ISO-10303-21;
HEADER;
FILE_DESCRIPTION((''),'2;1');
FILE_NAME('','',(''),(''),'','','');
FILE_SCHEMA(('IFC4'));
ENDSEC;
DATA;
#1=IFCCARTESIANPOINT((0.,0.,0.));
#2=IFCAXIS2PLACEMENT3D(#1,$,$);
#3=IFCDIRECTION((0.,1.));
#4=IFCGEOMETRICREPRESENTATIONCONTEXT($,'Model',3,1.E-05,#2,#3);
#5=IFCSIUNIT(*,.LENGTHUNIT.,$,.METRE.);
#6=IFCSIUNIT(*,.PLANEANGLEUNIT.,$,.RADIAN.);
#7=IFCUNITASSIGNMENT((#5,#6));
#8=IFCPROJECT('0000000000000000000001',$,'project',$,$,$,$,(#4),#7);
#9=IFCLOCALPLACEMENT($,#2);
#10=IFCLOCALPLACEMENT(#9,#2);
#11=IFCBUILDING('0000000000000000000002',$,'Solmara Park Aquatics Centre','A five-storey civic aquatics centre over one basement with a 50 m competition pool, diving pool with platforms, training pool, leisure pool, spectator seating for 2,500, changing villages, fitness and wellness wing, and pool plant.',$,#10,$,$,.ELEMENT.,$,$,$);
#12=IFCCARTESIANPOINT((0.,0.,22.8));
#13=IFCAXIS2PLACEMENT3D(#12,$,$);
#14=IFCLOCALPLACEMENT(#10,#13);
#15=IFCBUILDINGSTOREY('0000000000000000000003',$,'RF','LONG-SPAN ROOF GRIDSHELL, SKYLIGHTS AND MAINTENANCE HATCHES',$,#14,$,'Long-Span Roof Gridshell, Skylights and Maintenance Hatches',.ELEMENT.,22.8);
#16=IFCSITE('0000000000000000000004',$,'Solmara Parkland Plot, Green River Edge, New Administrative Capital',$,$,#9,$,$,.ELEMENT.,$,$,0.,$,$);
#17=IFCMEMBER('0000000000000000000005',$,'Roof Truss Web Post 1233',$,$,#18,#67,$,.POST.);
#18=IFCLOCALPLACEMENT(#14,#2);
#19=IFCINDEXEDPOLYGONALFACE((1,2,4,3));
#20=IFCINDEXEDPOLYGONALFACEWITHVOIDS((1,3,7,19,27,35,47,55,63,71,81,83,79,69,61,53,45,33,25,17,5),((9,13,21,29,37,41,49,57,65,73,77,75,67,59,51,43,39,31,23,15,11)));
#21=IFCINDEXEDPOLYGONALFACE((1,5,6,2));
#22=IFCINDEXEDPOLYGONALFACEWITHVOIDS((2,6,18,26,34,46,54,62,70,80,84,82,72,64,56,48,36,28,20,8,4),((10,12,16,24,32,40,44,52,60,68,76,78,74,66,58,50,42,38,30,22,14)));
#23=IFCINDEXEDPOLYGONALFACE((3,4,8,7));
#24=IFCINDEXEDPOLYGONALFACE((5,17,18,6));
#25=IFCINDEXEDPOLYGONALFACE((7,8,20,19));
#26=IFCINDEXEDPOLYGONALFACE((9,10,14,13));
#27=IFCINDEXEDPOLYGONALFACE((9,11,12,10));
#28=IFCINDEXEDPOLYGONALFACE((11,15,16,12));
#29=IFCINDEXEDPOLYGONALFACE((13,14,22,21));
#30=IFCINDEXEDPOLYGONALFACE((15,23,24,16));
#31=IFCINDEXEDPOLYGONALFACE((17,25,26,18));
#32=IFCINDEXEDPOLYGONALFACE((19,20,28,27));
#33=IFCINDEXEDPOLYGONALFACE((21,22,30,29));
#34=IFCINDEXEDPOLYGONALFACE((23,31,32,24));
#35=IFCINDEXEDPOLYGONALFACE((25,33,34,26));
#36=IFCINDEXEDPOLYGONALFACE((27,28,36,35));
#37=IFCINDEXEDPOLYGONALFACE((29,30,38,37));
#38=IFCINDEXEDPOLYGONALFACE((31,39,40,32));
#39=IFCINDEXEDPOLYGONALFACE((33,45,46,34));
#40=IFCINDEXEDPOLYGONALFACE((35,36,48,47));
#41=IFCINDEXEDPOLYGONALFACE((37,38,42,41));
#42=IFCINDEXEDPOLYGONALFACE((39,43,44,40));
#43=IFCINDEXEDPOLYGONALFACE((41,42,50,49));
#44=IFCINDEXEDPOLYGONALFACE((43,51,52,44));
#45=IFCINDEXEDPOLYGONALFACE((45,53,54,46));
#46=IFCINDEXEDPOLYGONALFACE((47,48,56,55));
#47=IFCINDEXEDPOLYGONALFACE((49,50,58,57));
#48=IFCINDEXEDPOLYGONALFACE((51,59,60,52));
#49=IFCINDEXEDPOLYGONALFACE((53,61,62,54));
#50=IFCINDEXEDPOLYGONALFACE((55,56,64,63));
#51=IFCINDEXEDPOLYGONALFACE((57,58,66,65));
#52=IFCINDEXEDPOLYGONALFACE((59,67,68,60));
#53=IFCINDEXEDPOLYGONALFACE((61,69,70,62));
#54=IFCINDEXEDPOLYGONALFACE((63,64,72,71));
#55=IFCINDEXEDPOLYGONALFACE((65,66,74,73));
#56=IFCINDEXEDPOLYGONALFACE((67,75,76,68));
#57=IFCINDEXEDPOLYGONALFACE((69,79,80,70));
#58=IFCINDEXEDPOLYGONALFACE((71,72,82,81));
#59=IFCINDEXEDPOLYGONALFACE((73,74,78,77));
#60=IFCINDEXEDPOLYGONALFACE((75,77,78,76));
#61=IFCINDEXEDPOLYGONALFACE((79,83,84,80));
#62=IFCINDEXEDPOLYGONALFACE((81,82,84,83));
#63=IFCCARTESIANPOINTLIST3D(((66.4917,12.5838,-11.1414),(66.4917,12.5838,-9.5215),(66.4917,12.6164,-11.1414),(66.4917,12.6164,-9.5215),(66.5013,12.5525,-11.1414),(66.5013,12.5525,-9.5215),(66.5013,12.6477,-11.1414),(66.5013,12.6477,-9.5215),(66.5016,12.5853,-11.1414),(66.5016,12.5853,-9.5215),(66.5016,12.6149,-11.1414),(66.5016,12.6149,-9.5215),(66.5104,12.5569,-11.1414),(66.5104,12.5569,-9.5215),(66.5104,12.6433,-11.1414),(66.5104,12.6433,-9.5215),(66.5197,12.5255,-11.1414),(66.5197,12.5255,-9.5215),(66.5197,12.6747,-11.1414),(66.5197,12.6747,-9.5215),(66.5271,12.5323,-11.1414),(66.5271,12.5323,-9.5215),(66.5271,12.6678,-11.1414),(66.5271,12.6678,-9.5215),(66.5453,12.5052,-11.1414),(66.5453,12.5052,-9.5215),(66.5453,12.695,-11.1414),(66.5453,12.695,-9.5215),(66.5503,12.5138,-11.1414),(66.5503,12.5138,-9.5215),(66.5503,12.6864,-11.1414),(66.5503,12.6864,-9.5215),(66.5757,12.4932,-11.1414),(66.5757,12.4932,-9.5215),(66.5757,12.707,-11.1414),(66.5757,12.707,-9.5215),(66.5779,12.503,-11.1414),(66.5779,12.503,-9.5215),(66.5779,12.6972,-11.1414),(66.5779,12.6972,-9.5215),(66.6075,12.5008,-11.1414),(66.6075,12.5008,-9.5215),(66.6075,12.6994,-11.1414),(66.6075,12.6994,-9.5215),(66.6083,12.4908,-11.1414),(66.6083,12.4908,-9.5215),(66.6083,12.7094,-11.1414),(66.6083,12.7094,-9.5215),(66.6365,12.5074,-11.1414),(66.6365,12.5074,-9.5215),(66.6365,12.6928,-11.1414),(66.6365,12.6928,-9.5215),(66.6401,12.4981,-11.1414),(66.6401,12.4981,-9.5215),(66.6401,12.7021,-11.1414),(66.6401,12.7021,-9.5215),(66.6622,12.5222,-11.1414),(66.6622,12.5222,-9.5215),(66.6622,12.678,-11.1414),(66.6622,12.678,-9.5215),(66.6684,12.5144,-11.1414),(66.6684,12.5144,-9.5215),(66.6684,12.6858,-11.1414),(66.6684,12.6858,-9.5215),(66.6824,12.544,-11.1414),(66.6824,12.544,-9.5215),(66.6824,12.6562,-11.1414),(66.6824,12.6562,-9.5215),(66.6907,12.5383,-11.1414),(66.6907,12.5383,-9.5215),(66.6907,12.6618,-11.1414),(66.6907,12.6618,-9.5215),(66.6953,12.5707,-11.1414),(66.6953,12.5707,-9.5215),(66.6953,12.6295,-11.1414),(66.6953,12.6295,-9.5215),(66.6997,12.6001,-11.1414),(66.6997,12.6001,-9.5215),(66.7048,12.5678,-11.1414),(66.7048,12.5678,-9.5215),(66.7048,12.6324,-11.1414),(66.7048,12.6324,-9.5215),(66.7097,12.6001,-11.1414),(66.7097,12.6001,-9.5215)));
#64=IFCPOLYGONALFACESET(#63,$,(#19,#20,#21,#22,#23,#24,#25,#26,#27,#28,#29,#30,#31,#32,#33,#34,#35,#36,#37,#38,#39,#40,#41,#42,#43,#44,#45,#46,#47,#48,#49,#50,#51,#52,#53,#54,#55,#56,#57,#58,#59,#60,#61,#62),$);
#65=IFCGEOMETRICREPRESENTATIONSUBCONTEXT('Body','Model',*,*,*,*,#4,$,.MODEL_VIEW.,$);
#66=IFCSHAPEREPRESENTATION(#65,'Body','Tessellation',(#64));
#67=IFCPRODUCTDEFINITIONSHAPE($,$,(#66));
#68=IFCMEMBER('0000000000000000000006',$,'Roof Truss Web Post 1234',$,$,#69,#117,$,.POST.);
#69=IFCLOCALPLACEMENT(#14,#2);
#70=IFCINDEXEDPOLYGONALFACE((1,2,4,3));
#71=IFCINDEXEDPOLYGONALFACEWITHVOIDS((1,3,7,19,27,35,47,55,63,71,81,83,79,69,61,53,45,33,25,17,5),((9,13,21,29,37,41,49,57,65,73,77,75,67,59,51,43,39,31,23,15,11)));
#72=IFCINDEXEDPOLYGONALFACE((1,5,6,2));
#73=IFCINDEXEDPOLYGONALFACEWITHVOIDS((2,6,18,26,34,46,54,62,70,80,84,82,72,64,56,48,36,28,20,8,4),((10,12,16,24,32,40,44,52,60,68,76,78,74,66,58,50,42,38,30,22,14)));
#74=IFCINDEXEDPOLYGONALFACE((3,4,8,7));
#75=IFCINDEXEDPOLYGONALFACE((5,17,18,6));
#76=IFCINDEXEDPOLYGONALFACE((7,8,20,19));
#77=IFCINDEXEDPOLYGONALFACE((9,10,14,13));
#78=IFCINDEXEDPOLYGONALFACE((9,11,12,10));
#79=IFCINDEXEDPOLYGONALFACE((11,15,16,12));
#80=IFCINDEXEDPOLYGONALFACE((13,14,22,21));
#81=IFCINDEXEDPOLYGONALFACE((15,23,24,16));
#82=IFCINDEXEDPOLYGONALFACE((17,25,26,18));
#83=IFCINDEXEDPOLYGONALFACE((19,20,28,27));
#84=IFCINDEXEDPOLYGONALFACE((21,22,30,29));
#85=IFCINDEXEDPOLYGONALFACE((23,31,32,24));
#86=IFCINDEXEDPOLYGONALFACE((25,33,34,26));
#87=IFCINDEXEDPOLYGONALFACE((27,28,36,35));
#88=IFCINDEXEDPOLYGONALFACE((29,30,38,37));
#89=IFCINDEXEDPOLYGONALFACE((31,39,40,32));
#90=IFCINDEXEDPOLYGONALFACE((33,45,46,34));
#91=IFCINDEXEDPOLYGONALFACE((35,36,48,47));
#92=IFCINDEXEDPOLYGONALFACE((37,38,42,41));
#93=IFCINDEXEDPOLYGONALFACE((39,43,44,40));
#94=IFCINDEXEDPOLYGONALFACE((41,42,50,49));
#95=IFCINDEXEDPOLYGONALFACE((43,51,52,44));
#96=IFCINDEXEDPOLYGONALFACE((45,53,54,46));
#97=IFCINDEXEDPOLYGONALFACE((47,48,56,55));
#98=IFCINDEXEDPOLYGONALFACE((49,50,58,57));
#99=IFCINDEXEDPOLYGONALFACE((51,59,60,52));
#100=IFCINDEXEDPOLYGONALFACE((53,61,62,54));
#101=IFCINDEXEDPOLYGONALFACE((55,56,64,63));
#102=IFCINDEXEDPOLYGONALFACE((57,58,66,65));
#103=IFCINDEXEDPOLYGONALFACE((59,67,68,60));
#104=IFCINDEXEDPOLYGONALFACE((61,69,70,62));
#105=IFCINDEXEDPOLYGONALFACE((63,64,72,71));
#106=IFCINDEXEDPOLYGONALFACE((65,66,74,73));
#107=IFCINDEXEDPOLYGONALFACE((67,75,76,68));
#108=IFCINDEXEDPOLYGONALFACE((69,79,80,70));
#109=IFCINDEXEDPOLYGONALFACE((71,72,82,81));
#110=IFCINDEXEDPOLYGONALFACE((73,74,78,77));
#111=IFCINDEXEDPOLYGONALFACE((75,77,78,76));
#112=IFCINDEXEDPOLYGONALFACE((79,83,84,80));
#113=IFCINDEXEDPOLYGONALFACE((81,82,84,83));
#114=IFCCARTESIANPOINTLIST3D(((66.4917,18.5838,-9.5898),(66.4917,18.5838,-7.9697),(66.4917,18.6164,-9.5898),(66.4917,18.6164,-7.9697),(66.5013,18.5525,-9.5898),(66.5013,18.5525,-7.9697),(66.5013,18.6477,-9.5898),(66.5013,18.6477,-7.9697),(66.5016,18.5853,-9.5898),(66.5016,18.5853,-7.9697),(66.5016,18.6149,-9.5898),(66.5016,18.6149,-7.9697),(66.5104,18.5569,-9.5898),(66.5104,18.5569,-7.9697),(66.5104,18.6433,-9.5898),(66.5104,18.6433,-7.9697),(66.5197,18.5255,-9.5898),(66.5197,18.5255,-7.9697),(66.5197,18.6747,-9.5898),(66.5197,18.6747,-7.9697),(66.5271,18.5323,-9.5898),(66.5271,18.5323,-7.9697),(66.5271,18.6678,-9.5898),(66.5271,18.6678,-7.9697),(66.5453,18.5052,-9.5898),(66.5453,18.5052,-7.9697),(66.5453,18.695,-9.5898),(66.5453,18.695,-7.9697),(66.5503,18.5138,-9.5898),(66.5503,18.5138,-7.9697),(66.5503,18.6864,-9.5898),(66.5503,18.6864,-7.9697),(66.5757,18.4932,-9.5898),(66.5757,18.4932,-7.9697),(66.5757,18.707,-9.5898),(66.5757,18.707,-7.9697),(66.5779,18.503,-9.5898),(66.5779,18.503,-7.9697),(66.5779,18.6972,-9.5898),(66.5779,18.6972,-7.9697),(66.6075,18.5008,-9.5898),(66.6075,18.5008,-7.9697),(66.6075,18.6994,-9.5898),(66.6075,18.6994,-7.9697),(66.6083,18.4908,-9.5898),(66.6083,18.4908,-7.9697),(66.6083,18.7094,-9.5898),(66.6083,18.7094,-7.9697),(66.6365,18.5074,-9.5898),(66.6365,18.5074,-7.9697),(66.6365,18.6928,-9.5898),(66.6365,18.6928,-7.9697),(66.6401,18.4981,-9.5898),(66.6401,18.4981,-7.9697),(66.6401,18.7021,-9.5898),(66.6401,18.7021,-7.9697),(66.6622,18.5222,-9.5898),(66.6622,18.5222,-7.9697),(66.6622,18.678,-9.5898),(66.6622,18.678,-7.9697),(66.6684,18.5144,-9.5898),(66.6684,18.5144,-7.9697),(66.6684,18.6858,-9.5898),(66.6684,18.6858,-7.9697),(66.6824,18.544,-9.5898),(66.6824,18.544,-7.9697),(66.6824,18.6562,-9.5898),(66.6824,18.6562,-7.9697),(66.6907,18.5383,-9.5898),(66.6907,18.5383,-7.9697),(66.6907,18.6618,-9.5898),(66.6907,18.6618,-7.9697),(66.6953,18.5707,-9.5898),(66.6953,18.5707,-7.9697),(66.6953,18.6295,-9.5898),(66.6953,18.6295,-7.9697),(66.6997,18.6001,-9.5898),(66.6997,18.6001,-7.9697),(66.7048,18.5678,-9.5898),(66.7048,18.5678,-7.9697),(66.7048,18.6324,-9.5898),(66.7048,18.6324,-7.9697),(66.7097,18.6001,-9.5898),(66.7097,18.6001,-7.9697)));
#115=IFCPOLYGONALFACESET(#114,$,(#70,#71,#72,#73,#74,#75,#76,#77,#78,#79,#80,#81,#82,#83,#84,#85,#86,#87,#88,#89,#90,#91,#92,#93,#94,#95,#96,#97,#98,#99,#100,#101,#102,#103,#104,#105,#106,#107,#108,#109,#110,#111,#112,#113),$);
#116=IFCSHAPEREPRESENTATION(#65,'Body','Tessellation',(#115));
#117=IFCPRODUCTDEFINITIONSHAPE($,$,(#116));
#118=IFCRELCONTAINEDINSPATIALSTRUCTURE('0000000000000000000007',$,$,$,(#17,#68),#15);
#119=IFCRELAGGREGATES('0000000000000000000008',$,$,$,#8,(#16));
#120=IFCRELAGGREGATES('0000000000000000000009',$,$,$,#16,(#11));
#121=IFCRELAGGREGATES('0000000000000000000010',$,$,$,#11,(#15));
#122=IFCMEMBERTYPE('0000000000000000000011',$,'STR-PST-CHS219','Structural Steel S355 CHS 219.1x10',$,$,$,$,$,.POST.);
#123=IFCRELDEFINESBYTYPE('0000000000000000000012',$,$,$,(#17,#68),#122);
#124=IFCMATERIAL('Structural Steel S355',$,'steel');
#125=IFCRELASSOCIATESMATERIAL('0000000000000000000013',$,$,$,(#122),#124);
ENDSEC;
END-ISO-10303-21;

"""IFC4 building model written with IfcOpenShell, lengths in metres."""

from ifc_helpers import new_model, si_unit, direction, frame, origin, origin_2d, place, context, subcontext, project, spatial, hollow_circle, extrude, material, material_profile, profile_set, type_object, element, save


model = new_model("IFC4")

# Units and contexts
model_context = context("Model", 3, precision=1e-05, world=origin(), true_north=direction((0.0, 1.0)))
body_context = subcontext(model_context, "Body", "Model", "MODEL_VIEW")
ifc_project = project(units=[si_unit("LENGTHUNIT", "METRE"), si_unit("PLANEANGLEUNIT", "RADIAN")], contexts=[model_context])

# Site, building, storey
site_placement = place(None, origin())
site = spatial("IfcSite", under=ifc_project, at=site_placement, Name="Solmara Parkland Plot, Green River Edge, New Administrative Capital", CompositionType="ELEMENT", RefElevation=0.0)
building_placement = place(site_placement, origin())
building = spatial("IfcBuilding", under=site, at=building_placement, Name="Solmara Park Aquatics Centre", Description="A five-storey civic aquatics centre over one basement with a 50 m competition pool, diving pool with platforms, training pool, leisure pool, spectator seating for 2,500, changing villages, fitness and wellness wing, and pool plant.", CompositionType="ELEMENT")
storey_placement = place(building_placement, frame((0.0, 0.0, 22.8)))
storey = spatial("IfcBuildingStorey", under=building, at=storey_placement, Name="RF", Description="LONG-SPAN ROOF GRIDSHELL, SKYLIGHTS AND MAINTENANCE HATCHES", LongName="Long-Span Roof Gridshell, Skylights and Maintenance Hatches", CompositionType="ELEMENT", Elevation=22.8)

# Members
ifc_material_1 = material(Name="Structural Steel S355", Category="steel")
ifc_material_profile_1 = material_profile(ifc_material_1, hollow_circle(Radius=0.1096, WallThickness=0.01, at=origin_2d()), Name="CHS 219.1x10")
ifc_profile_set_1 = profile_set([ifc_material_profile_1], Name="Structural Steel S355")
member_type_1 = type_object("IfcMemberType", Name="STR-PST-CHS219", Description="Structural Steel S355 CHS 219.1x10", PredefinedType="POST", material=ifc_profile_set_1)
member_1_placement = place(storey_placement, frame((66.6001, 12.6001, -11.1414), z_axis=(0.0, 0.0, 1.0), x_axis=(1.0, 0.0, 0.0)))
element("IfcMember", 1, at=member_1_placement, inside=storey, type_object=member_type_1, Name="Roof Truss Web Post 1233", PredefinedType="POST", context=body_context, shape_type="SweptSolid", body=[
    extrude(hollow_circle(Radius=0.1096, WallThickness=0.01, at=origin_2d()), origin(), (0.0, 0.0, 1.0), 1.6199),
])
member_2_placement = place(storey_placement, frame((66.6001, 18.6001, -9.5898), z_axis=(0.0, 0.0, 1.0), x_axis=(1.0, 0.0, 0.0)))
element("IfcMember", 2, at=member_2_placement, inside=storey, type_object=member_type_1, Name="Roof Truss Web Post 1234", PredefinedType="POST", context=body_context, shape_type="SweptSolid", body=[
    extrude(hollow_circle(Radius=0.1096, WallThickness=0.01, at=origin_2d()), origin(), (0.0, 0.0, 1.0), 1.6201),
])

save(model, "model.ifc")
